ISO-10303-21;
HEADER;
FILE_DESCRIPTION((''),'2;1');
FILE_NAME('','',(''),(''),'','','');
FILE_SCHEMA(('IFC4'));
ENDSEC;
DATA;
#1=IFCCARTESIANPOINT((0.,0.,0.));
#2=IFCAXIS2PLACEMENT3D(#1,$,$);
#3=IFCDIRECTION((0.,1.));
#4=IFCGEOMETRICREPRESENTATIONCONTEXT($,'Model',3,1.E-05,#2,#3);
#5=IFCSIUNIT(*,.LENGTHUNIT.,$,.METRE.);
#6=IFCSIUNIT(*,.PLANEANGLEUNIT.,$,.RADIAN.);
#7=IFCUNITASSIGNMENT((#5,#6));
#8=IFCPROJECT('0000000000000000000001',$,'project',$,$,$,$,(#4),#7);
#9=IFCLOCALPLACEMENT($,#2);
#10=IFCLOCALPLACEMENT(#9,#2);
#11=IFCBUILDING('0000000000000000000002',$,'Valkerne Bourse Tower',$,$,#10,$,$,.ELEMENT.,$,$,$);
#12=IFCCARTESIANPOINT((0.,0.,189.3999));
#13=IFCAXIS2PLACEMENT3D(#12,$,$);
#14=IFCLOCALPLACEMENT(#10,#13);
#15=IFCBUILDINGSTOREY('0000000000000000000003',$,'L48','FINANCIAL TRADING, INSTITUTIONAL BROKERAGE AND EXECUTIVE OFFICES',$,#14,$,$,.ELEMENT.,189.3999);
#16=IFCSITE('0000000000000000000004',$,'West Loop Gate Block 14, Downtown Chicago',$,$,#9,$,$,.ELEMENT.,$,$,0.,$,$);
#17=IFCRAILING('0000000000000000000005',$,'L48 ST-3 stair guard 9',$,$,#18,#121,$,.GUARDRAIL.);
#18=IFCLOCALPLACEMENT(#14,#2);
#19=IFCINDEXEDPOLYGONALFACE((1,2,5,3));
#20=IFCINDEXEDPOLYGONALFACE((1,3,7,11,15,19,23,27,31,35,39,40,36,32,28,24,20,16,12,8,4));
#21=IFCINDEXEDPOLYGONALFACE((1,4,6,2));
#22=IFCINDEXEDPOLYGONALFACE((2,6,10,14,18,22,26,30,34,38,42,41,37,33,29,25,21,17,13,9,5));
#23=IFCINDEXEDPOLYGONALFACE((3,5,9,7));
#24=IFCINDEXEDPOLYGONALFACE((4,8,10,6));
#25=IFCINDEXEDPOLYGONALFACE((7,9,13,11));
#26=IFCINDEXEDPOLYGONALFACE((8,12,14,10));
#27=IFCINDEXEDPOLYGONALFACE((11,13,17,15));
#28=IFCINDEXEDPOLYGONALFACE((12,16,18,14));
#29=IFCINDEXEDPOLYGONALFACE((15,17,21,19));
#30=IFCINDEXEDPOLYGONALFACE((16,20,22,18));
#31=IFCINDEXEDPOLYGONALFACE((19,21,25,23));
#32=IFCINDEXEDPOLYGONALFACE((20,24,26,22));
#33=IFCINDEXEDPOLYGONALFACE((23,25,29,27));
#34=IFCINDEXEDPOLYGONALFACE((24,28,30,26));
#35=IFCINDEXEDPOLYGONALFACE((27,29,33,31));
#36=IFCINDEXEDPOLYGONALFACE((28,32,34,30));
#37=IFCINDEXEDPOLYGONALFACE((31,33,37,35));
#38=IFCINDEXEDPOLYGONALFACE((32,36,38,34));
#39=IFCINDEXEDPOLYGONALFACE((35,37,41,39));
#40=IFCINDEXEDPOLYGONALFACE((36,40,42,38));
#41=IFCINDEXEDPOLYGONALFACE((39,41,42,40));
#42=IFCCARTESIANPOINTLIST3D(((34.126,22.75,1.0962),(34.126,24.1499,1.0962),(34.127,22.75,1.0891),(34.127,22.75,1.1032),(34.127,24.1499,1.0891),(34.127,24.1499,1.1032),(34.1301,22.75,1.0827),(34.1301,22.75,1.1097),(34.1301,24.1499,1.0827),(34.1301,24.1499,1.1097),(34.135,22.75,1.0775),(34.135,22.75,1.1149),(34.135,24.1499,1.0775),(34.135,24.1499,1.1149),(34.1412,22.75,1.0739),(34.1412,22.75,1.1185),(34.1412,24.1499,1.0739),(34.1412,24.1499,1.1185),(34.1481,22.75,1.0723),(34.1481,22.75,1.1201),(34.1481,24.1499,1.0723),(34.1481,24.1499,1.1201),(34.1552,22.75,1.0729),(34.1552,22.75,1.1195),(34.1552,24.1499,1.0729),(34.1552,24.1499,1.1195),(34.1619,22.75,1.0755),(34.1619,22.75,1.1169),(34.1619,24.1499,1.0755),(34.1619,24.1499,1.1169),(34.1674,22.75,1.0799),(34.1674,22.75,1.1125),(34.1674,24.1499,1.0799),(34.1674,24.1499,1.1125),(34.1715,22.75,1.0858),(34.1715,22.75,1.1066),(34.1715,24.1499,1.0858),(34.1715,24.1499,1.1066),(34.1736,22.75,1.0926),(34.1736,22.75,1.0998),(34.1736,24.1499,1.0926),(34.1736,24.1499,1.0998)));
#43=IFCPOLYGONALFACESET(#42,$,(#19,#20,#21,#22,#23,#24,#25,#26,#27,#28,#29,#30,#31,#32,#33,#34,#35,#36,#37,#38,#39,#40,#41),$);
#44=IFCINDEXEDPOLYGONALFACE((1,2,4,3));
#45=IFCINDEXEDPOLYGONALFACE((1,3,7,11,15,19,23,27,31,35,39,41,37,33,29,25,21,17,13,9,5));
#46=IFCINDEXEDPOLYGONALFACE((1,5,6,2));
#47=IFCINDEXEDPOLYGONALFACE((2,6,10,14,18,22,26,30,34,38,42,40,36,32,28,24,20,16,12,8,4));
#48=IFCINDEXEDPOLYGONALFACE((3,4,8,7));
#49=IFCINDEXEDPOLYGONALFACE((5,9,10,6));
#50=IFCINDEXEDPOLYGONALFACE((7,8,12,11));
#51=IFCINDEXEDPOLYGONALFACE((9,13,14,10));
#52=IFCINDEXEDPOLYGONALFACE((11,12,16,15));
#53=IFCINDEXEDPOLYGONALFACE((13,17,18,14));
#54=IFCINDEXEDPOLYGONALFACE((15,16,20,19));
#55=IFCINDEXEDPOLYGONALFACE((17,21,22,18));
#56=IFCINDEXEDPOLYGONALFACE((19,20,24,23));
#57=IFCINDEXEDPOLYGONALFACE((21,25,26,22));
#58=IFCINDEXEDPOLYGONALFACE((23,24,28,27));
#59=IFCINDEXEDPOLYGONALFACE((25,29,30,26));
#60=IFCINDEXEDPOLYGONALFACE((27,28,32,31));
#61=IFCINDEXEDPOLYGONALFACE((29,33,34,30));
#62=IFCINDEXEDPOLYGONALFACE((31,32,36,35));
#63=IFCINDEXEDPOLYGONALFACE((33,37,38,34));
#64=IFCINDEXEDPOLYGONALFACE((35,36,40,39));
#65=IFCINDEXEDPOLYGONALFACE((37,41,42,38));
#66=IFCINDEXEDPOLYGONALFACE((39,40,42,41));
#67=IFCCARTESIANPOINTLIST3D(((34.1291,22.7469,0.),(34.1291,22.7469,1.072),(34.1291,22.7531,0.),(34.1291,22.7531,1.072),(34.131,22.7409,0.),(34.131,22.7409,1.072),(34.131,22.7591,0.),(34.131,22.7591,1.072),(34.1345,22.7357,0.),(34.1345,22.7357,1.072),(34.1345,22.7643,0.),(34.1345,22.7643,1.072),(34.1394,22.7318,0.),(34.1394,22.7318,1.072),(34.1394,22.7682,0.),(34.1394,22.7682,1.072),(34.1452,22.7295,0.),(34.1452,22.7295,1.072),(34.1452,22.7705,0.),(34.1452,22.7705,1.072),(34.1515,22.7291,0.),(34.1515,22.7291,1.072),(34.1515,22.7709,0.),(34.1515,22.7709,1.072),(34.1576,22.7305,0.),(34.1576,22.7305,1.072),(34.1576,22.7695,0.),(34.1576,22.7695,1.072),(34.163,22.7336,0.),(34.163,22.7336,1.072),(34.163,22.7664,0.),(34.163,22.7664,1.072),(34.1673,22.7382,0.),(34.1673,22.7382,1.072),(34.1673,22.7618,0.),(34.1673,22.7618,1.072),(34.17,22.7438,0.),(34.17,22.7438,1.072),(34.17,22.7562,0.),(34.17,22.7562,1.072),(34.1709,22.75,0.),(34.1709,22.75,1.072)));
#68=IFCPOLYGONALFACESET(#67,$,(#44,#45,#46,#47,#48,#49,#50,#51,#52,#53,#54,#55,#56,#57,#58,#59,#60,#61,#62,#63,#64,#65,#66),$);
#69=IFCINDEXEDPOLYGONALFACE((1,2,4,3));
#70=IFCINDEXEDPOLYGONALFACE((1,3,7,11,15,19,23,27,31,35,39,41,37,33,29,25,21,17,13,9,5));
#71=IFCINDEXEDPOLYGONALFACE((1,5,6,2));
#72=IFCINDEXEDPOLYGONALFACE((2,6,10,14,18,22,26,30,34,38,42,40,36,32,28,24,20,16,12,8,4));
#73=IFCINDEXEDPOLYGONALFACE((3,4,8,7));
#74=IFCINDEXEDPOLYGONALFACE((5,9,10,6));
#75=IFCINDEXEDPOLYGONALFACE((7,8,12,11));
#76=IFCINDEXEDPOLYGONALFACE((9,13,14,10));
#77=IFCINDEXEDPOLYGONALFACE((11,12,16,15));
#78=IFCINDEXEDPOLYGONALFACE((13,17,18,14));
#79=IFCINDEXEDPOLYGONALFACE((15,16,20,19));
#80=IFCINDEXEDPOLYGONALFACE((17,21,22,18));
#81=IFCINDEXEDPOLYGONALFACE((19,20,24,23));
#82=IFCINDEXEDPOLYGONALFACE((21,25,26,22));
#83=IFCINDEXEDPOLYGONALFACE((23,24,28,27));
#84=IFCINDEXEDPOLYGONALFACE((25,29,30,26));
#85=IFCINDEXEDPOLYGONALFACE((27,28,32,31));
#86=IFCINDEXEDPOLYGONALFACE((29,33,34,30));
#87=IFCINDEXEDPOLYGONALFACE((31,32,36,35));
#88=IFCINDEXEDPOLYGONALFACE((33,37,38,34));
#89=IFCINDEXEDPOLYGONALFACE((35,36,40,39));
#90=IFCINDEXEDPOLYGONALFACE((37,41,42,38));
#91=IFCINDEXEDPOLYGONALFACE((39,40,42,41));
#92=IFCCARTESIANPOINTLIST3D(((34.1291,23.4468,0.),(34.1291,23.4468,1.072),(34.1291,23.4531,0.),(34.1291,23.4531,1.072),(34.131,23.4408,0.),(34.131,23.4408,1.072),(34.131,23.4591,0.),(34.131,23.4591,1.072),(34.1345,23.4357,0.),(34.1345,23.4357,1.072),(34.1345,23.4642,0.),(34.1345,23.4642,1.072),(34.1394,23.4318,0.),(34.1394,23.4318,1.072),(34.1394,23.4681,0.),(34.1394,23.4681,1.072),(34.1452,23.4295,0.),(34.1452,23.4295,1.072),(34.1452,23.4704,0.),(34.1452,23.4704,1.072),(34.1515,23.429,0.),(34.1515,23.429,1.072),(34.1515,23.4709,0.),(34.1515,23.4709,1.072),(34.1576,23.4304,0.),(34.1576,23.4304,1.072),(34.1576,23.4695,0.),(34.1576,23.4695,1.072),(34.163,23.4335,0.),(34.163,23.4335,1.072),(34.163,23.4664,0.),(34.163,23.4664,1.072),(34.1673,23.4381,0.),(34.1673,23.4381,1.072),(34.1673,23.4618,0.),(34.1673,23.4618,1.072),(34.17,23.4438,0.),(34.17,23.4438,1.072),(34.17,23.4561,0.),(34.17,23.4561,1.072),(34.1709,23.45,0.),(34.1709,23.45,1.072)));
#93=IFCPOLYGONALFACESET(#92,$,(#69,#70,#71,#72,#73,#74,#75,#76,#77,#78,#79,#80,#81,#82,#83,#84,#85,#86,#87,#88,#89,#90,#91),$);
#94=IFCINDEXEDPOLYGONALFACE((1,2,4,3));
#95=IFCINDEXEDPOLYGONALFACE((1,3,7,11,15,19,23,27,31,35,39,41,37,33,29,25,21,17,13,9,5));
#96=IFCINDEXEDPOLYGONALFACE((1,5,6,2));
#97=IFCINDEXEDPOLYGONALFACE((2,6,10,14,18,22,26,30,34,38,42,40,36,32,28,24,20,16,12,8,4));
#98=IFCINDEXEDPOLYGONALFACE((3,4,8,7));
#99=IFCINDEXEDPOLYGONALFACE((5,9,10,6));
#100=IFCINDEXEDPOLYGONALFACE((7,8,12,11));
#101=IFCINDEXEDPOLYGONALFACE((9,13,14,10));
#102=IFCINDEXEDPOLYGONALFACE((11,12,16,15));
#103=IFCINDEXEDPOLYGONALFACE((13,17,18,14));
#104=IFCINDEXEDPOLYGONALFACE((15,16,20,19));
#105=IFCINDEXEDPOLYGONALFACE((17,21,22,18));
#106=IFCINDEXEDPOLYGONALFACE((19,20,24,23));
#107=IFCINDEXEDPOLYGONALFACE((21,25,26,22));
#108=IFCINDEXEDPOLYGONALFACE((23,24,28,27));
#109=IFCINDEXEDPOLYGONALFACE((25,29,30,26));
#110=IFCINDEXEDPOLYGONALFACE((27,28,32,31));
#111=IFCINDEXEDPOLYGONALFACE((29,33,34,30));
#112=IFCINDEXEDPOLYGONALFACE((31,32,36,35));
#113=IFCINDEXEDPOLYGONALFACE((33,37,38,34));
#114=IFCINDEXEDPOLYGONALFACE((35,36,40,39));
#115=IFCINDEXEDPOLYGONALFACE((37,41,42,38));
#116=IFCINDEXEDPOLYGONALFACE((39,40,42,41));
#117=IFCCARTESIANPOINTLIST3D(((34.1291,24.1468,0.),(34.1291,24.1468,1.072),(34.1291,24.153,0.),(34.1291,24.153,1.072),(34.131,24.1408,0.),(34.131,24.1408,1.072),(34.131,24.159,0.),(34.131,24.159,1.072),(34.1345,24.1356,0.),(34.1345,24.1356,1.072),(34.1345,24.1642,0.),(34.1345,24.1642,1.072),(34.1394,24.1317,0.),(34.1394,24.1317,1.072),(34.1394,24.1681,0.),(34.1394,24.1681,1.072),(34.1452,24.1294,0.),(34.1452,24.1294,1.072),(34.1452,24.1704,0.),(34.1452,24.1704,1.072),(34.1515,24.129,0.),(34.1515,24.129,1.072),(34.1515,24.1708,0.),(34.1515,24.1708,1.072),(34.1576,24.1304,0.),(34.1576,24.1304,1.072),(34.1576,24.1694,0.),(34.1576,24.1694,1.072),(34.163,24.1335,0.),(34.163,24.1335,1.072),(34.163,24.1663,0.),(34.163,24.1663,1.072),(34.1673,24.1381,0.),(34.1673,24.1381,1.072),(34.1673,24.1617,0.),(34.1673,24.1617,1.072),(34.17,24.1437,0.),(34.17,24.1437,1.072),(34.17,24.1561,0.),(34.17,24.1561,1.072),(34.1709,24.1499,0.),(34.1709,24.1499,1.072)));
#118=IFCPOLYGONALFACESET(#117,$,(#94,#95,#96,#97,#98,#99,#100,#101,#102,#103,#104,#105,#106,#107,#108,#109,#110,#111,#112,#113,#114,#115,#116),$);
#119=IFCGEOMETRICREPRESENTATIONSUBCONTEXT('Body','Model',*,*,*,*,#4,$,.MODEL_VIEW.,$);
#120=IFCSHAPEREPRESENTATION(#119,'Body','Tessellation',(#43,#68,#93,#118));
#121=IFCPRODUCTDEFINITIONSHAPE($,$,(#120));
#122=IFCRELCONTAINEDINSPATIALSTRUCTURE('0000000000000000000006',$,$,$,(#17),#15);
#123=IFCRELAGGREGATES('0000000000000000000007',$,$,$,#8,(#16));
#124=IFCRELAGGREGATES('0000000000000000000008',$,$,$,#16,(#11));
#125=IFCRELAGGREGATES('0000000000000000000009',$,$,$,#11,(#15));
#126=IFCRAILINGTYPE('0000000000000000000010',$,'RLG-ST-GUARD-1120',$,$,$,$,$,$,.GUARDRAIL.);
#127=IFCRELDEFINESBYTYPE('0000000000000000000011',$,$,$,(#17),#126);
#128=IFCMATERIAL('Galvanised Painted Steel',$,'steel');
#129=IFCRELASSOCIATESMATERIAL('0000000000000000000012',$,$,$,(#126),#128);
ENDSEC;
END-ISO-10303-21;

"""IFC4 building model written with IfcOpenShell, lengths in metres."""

from ifc_helpers import new_model, si_unit, direction, frame, origin, origin_2d, place, context, subcontext, project, spatial, circle, extrude, material, type_object, element, save


model = new_model("IFC4")

# Units and contexts
model_context = context("Model", 3, precision=1e-05, world=origin(), true_north=direction((0.0, 1.0)))
body_context = subcontext(model_context, "Body", "Model", "MODEL_VIEW")
ifc_project = project(units=[si_unit("LENGTHUNIT", "METRE"), si_unit("PLANEANGLEUNIT", "RADIAN")], contexts=[model_context])

# Site, building, storey
site_placement = place(None, origin())
site = spatial("IfcSite", under=ifc_project, at=site_placement, Name="West Loop Gate Block 14, Downtown Chicago", CompositionType="ELEMENT", RefElevation=0.0)
building_placement = place(site_placement, origin())
building = spatial("IfcBuilding", under=site, at=building_placement, Name="Valkerne Bourse Tower", CompositionType="ELEMENT")
storey_placement = place(building_placement, frame((0.0, 0.0, 189.3999)))
storey = spatial("IfcBuildingStorey", under=building, at=storey_placement, Name="L48", Description="FINANCIAL TRADING, INSTITUTIONAL BROKERAGE AND EXECUTIVE OFFICES", CompositionType="ELEMENT", Elevation=189.3999)

# Shared definitions
ifc_material_1 = material(Name="Galvanised Painted Steel", Category="steel")

# Railing
railing_type_1 = type_object("IfcRailingType", Name="RLG-ST-GUARD-1120", PredefinedType="GUARDRAIL", material=ifc_material_1)
railing_1_placement = place(storey_placement, frame((34.1499, 22.75, 0.0)))
element("IfcRailing", 1, at=railing_1_placement, inside=storey, type_object=railing_type_1, Name="L48 ST-3 stair guard 9", PredefinedType="GUARDRAIL", context=body_context, shape_type="SweptSolid", body=[
    extrude(circle(Radius=0.0239, at=origin_2d()), frame((0.0, 0.0, 1.0962), z_axis=(0.0, 1.0, 0.0), x_axis=(-1.0, 0.0, 0.0)), (0.0, 0.0, 1.0), 1.3999),
    extrude(circle(Radius=0.021, at=origin_2d()), origin(), (0.0, 0.0, 1.0), 1.072),
    extrude(circle(Radius=0.021, at=origin_2d()), frame((0.0, 0.7, 0.0)), (0.0, 0.0, 1.0), 1.072),
    extrude(circle(Radius=0.021, at=origin_2d()), frame((0.0, 1.3999, 0.0)), (0.0, 0.0, 1.0), 1.072),
])

save(model, "model.ifc")
